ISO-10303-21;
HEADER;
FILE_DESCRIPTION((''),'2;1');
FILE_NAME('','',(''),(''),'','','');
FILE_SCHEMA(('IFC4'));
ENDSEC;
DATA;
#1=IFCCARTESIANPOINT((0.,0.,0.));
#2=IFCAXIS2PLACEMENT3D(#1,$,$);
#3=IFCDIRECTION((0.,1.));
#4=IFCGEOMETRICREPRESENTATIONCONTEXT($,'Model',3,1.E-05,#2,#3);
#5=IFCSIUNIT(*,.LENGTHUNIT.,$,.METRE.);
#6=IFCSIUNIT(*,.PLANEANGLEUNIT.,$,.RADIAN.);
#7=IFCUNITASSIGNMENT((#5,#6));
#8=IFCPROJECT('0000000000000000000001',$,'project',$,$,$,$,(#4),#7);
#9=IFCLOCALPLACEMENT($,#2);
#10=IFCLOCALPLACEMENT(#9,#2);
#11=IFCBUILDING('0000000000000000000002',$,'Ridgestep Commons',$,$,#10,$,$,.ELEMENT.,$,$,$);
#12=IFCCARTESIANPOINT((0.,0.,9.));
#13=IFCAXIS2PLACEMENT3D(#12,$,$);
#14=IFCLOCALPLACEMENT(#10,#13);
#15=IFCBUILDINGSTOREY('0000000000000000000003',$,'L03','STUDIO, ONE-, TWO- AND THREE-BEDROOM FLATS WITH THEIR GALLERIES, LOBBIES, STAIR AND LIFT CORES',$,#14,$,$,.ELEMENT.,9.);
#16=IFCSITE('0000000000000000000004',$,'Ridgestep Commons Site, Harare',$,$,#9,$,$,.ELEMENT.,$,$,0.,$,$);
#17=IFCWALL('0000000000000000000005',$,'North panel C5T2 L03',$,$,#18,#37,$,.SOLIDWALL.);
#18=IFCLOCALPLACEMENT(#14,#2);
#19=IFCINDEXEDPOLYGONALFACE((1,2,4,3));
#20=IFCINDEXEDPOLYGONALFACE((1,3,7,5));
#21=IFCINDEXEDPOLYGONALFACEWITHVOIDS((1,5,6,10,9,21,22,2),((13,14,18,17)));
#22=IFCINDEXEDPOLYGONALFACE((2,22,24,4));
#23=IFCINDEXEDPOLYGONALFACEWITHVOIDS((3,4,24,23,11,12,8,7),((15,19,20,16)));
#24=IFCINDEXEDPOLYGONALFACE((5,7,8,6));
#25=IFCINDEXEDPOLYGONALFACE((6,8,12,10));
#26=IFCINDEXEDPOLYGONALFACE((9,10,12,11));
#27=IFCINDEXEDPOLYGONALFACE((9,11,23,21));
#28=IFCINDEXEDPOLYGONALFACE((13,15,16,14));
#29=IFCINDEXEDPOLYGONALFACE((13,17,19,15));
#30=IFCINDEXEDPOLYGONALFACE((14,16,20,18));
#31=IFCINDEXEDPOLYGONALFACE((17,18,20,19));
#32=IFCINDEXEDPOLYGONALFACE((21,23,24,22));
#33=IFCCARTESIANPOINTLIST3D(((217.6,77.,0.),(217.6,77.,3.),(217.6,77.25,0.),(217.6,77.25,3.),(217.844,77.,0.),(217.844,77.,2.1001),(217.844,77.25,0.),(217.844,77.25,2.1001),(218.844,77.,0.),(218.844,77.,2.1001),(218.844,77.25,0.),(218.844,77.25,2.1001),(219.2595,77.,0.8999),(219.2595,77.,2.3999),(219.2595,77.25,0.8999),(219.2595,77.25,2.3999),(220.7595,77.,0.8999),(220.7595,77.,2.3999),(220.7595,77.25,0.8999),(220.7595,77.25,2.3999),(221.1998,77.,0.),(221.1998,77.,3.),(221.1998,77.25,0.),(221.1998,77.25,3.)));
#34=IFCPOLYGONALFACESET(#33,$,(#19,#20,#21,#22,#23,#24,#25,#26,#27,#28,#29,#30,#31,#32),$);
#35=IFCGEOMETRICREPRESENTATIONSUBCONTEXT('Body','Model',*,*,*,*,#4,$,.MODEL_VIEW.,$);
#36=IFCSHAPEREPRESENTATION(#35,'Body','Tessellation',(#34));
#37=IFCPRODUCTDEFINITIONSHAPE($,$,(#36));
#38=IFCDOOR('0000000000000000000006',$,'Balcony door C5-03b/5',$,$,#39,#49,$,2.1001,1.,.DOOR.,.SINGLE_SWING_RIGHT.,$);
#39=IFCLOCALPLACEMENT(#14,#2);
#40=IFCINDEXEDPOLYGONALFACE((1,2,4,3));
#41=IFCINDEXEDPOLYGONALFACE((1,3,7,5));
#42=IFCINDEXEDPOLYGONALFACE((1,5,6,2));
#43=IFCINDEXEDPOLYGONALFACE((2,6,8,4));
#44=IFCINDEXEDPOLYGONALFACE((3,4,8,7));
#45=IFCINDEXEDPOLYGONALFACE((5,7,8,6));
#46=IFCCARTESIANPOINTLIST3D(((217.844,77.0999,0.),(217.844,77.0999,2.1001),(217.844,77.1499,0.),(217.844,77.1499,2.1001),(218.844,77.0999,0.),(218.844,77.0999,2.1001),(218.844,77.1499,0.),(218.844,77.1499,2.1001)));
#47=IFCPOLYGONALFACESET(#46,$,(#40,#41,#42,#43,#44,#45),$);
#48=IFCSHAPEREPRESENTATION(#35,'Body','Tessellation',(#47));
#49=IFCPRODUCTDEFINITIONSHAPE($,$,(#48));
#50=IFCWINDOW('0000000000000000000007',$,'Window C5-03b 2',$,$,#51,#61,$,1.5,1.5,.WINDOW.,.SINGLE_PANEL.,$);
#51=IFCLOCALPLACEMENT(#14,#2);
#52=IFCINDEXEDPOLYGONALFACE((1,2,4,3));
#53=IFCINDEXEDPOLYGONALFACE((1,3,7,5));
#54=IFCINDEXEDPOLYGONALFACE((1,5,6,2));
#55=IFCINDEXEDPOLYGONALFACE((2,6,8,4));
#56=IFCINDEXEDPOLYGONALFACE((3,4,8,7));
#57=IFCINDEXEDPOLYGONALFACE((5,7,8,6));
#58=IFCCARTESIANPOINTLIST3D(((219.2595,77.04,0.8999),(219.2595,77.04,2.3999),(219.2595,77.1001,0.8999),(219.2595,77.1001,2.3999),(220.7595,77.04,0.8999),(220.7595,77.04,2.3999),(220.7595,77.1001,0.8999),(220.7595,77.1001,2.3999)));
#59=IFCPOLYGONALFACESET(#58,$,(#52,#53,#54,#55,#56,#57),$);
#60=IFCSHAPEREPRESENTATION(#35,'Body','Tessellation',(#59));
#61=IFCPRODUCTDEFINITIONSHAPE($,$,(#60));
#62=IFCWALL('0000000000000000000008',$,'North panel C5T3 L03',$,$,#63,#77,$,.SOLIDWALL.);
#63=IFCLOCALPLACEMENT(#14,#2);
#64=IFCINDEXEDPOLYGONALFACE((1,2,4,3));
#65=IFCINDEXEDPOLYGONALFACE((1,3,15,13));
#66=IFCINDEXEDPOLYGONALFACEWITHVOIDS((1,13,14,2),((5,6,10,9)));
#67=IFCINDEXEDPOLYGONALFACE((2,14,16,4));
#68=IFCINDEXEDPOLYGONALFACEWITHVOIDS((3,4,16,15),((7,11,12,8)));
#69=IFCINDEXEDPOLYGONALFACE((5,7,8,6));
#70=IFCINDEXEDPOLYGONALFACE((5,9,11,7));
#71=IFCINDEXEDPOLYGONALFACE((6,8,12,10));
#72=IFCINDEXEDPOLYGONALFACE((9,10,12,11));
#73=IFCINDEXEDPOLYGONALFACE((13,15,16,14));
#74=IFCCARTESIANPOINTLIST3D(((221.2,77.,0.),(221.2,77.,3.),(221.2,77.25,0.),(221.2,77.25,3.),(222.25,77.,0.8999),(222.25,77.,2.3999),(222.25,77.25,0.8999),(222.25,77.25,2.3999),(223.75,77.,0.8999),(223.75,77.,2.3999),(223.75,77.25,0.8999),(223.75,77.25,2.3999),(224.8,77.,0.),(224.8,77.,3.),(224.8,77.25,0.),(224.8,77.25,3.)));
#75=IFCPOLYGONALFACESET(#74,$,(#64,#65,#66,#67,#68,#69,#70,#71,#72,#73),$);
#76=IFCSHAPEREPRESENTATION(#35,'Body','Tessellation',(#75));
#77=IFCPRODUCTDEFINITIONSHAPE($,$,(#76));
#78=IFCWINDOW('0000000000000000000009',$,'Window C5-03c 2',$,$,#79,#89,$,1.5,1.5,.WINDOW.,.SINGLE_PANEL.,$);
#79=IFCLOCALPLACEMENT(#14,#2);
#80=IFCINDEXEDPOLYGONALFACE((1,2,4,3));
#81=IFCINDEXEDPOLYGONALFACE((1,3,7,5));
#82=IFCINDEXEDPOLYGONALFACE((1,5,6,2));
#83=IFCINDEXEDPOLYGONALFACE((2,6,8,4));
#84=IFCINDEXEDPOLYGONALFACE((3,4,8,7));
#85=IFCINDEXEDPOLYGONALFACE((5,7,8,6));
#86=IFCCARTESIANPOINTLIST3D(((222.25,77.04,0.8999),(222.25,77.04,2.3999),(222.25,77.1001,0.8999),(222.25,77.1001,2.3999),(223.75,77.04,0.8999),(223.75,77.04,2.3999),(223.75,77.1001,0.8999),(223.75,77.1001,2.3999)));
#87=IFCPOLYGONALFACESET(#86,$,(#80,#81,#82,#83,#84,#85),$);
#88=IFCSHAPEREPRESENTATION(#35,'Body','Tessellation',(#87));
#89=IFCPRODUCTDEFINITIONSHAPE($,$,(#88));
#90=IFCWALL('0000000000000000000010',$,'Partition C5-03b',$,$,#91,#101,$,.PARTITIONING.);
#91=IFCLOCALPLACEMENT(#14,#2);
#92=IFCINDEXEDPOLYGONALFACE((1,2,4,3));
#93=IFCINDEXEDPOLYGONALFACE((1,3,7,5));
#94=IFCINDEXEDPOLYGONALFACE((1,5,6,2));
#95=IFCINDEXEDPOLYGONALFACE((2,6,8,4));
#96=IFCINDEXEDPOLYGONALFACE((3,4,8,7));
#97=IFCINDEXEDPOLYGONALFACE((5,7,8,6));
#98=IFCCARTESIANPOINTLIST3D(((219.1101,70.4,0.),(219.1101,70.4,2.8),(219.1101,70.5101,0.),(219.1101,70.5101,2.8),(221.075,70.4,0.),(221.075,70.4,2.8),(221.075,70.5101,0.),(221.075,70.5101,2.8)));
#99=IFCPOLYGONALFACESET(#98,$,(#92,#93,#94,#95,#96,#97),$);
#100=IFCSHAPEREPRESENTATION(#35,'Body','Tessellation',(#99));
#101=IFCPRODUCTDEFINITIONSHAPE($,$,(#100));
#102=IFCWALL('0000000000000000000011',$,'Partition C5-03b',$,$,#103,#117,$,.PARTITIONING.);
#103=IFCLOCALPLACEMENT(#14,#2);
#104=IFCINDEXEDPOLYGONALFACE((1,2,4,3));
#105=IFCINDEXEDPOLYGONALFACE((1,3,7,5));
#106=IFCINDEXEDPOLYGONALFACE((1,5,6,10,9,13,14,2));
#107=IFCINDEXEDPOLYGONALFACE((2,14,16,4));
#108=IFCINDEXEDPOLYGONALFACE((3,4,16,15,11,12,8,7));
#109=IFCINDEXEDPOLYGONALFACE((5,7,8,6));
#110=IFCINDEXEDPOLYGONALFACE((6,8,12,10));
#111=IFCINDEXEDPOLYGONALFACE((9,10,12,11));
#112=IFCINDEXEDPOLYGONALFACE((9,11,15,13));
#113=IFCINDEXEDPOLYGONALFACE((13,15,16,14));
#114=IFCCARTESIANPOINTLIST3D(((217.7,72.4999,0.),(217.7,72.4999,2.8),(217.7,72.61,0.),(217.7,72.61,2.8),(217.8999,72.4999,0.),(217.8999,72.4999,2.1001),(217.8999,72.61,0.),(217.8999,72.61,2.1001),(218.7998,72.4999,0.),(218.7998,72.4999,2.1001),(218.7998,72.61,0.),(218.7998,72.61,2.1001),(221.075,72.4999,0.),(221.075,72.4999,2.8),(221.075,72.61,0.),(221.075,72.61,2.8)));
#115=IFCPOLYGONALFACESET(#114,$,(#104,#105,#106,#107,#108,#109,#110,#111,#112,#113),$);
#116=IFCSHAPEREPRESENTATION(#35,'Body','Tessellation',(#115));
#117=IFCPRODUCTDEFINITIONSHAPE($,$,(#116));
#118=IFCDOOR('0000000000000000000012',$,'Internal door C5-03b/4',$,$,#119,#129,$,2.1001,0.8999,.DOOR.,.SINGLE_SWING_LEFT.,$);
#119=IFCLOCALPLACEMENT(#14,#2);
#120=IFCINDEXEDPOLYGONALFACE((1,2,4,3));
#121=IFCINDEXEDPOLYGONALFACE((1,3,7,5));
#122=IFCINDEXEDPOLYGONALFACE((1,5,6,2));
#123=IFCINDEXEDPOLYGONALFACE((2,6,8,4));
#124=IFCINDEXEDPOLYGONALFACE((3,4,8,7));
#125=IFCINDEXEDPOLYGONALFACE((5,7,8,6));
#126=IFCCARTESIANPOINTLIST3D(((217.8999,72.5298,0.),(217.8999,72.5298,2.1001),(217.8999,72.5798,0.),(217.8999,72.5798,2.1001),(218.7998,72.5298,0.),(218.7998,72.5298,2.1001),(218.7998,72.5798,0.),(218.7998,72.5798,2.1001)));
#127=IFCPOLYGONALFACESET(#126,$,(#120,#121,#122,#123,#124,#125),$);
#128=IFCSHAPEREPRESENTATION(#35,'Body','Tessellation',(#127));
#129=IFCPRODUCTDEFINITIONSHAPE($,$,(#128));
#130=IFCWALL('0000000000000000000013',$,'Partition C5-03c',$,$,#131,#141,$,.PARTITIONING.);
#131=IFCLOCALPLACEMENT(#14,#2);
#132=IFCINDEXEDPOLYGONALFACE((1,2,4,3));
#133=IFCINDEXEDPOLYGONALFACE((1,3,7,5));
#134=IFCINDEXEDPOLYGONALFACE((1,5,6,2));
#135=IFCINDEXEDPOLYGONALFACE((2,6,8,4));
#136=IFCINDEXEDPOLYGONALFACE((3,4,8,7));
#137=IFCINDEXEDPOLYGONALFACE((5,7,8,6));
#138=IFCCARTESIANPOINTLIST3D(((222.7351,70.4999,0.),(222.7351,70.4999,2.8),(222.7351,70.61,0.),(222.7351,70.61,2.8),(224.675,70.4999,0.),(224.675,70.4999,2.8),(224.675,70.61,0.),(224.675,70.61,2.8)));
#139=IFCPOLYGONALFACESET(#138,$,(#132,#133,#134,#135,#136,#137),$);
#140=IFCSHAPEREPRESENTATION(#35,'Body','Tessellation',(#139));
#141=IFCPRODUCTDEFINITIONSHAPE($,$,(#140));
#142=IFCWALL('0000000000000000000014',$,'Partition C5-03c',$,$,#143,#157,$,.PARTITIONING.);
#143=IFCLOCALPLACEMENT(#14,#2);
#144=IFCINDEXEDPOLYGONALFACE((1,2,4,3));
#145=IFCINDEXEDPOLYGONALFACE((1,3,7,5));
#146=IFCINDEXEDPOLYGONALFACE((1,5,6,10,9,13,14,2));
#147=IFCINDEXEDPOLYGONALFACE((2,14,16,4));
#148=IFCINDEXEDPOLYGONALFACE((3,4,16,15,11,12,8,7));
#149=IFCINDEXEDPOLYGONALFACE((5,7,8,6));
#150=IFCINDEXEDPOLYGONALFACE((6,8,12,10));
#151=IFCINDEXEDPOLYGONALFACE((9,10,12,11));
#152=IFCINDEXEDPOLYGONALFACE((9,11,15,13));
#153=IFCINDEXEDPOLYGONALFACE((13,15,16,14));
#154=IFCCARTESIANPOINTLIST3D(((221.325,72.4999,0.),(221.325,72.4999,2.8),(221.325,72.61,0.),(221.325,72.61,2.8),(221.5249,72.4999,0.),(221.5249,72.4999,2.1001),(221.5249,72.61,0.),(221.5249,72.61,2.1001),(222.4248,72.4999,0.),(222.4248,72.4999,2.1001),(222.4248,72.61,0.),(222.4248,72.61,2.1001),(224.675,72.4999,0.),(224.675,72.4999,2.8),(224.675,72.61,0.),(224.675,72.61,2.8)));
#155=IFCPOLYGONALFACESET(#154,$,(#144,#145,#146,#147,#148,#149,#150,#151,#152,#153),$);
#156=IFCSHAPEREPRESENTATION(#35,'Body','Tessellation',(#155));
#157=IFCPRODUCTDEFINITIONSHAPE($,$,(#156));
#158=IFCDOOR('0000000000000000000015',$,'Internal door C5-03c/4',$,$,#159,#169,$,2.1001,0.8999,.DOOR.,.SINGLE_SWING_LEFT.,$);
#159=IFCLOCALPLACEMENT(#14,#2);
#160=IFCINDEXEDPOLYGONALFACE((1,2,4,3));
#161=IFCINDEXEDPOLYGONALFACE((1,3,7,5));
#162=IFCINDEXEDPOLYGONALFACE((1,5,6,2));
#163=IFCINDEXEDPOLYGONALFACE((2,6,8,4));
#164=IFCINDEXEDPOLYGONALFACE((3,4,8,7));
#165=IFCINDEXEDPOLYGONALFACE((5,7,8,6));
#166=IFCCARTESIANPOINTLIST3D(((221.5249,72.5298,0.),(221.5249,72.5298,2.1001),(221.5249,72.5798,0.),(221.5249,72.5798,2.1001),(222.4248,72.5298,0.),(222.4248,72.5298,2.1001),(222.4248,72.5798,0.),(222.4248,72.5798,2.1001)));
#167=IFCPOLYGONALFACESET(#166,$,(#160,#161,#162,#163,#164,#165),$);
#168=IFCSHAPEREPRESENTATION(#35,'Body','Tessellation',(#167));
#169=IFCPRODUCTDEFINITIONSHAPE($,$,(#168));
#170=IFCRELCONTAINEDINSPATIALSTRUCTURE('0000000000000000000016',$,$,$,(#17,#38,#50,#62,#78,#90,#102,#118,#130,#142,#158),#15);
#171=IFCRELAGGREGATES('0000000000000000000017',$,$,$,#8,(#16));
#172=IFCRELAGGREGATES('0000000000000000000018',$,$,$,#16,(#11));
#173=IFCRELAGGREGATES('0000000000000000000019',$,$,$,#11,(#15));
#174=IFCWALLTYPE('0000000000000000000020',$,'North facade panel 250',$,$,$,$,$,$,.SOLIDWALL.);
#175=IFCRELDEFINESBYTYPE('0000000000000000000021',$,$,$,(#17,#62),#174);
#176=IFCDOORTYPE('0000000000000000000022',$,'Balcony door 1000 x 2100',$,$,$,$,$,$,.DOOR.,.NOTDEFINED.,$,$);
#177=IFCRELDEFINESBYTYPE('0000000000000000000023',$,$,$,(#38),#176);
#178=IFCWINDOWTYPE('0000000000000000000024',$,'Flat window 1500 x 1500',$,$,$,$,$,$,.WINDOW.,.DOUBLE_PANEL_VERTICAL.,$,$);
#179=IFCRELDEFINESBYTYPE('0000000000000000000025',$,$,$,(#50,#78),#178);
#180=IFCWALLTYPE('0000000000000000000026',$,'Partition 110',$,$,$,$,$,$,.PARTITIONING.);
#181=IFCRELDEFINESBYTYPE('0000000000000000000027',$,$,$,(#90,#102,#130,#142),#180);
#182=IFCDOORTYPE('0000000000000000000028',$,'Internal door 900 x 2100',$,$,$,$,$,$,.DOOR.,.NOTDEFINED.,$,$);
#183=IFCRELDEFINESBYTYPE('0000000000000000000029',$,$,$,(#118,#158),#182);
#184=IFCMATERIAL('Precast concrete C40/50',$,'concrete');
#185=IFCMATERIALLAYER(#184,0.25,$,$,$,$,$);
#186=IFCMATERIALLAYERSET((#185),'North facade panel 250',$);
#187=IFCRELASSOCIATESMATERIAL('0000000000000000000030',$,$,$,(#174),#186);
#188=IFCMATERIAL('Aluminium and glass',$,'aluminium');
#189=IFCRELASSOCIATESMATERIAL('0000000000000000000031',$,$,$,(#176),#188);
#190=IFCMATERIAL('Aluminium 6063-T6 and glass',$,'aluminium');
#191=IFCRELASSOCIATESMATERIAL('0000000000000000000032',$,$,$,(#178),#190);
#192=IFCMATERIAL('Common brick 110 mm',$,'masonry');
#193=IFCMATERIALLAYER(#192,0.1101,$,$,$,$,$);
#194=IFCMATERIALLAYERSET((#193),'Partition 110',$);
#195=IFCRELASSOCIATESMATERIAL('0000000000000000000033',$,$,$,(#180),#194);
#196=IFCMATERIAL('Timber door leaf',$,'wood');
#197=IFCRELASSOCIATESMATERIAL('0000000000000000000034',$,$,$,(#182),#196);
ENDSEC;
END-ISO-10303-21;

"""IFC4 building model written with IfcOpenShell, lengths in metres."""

from ifc_helpers import new_model, si_unit, direction, frame, frame_2d, origin, place, context, subcontext, project, spatial, rectangle, extrude, material, layer, layer_set, type_object, element, fill, save


model = new_model("IFC4")

# Units and contexts
model_context = context("Model", 3, precision=1e-05, world=origin(), true_north=direction((0.0, 1.0)))
body_context = subcontext(model_context, "Body", "Model", "MODEL_VIEW")
ifc_project = project(units=[si_unit("LENGTHUNIT", "METRE"), si_unit("PLANEANGLEUNIT", "RADIAN")], contexts=[model_context])

# Site, building, storey
site_placement = place(None, origin())
site = spatial("IfcSite", under=ifc_project, at=site_placement, Name="Ridgestep Commons Site, Harare", CompositionType="ELEMENT", RefElevation=0.0)
building_placement = place(site_placement, origin())
building = spatial("IfcBuilding", under=site, at=building_placement, Name="Ridgestep Commons", CompositionType="ELEMENT")
storey_placement = place(building_placement, frame((0.0, 0.0, 9.0)))
storey = spatial("IfcBuildingStorey", under=building, at=storey_placement, Name="L03", Description="STUDIO, ONE-, TWO- AND THREE-BEDROOM FLATS WITH THEIR GALLERIES, LOBBIES, STAIR AND LIFT CORES", CompositionType="ELEMENT", Elevation=9.0)

# Wall, openings, door, window
ifc_material_1 = material(Name="Precast concrete C40/50", Category="concrete")
ifc_layer_1 = layer(ifc_material_1, 0.25)
ifc_layer_set_1 = layer_set([ifc_layer_1], Name="North facade panel 250")
wall_type_1 = type_object("IfcWallType", Name="North facade panel 250", PredefinedType="SOLIDWALL", material=ifc_layer_set_1)
wall_1_placement = place(storey_placement, frame((217.6001, 77.125, 0.0), z_axis=(0.0, 0.0, 1.0), x_axis=(1.0, 0.0, 0.0)))
wall_1 = element("IfcWall", 1, at=wall_1_placement, inside=storey, type_object=wall_type_1, Name="North panel C5T2 L03", PredefinedType="SOLIDWALL", context=body_context, shape_type="SweptSolid", body=[
    extrude(rectangle(XDim=3.5999, YDim=0.25, at=frame_2d((1.7998, 0.0))), origin(), (0.0, 0.0, 1.0), 3.0),
])
opening_1_placement = place(wall_1_placement, frame((1.6594, 0.0, 0.8999)))
opening_1 = element("IfcOpeningElement", 2, at=opening_1_placement, cuts=wall_1, PredefinedType="OPENING", context=body_context, shape_type="SweptSolid", body=[
    extrude(rectangle(XDim=1.5, YDim=1.5, at=frame_2d((0.75, 0.75))), frame((0.0, 0.135, 0.0), z_axis=(0.0, -1.0, 0.0), x_axis=(1.0, 0.0, 0.0)), (0.0, 0.0, 1.0), 0.27),
])
opening_2_placement = place(wall_1_placement, frame((0.2439, 0.0, 0.0)))
opening_2 = element("IfcOpeningElement", 3, at=opening_2_placement, cuts=wall_1, PredefinedType="OPENING", context=body_context, shape_type="SweptSolid", body=[
    extrude(rectangle(XDim=1.0, YDim=2.1001, at=frame_2d((0.5, 1.05))), frame((0.0, 0.135, 0.0), z_axis=(0.0, -1.0, 0.0), x_axis=(1.0, 0.0, 0.0)), (0.0, 0.0, 1.0), 0.27),
])
ifc_material_2 = material(Name="Aluminium and glass", Category="aluminium")
door_type_1 = type_object("IfcDoorType", Name="Balcony door 1000 x 2100", OperationType="NOTDEFINED", PredefinedType="DOOR", material=ifc_material_2)
door_1_placement = place(opening_2_placement, origin())
door_1 = element("IfcDoor", 4, at=door_1_placement, inside=storey, type_object=door_type_1, Name="Balcony door C5-03b/5", OperationType="SINGLE_SWING_RIGHT", OverallHeight=2.1001, OverallWidth=1.0, PredefinedType="DOOR", context=body_context, shape_type="SweptSolid", body=[
    extrude(rectangle(XDim=1.0, YDim=2.1001, at=frame_2d((0.5, 1.05))), frame((0.0, 0.0249, 0.0), z_axis=(0.0, -1.0, 0.0), x_axis=(1.0, 0.0, 0.0)), (0.0, 0.0, 1.0), 0.05),
])
fill(opening_2, door_1)
ifc_material_3 = material(Name="Aluminium 6063-T6 and glass", Category="aluminium")
window_type = type_object("IfcWindowType", Name="Flat window 1500 x 1500", PartitioningType="DOUBLE_PANEL_VERTICAL", PredefinedType="WINDOW", material=ifc_material_3)
window_1_placement = place(opening_1_placement, origin())
window_1 = element("IfcWindow", 5, at=window_1_placement, inside=storey, type_object=window_type, Name="Window C5-03b 2", OverallHeight=1.5, OverallWidth=1.5, PartitioningType="SINGLE_PANEL", PredefinedType="WINDOW", context=body_context, shape_type="SweptSolid", body=[
    extrude(rectangle(XDim=1.5, YDim=1.5, at=frame_2d((0.75, 0.75))), frame((0.0, -0.0249, 0.0), z_axis=(0.0, -1.0, 0.0), x_axis=(1.0, 0.0, 0.0)), (0.0, 0.0, 1.0), 0.0601),
])
fill(opening_1, window_1)

# Wall, opening, window
wall_2_placement = place(storey_placement, frame((221.2, 77.125, 0.0), z_axis=(0.0, 0.0, 1.0), x_axis=(1.0, 0.0, 0.0)))
wall_2 = element("IfcWall", 6, at=wall_2_placement, inside=storey, type_object=wall_type_1, Name="North panel C5T3 L03", PredefinedType="SOLIDWALL", context=body_context, shape_type="SweptSolid", body=[
    extrude(rectangle(XDim=3.6001, YDim=0.25, at=frame_2d((1.8, 0.0))), origin(), (0.0, 0.0, 1.0), 3.0),
])
opening_3_placement = place(wall_2_placement, frame((1.05, 0.0, 0.8999)))
opening_3 = element("IfcOpeningElement", 7, at=opening_3_placement, cuts=wall_2, PredefinedType="OPENING", context=body_context, shape_type="SweptSolid", body=[
    extrude(rectangle(XDim=1.5, YDim=1.5, at=frame_2d((0.75, 0.75))), frame((0.0, 0.135, 0.0), z_axis=(0.0, -1.0, 0.0), x_axis=(1.0, 0.0, 0.0)), (0.0, 0.0, 1.0), 0.27),
])
window_2_placement = place(opening_3_placement, origin())
window_2 = element("IfcWindow", 8, at=window_2_placement, inside=storey, type_object=window_type, Name="Window C5-03c 2", OverallHeight=1.5, OverallWidth=1.5, PartitioningType="SINGLE_PANEL", PredefinedType="WINDOW", context=body_context, shape_type="SweptSolid", body=[
    extrude(rectangle(XDim=1.5, YDim=1.5, at=frame_2d((0.75, 0.75))), frame((0.0, -0.0249, 0.0), z_axis=(0.0, -1.0, 0.0), x_axis=(1.0, 0.0, 0.0)), (0.0, 0.0, 1.0), 0.0601),
])
fill(opening_3, window_2)

# Wall
ifc_material_4 = material(Name="Common brick 110 mm", Category="masonry")
ifc_layer_2 = layer(ifc_material_4, 0.1101)
ifc_layer_set_2 = layer_set([ifc_layer_2], Name="Partition 110")
wall_type_2 = type_object("IfcWallType", Name="Partition 110", PredefinedType="PARTITIONING", material=ifc_layer_set_2)
wall_3_placement = place(storey_placement, frame((219.1101, 70.4551, 0.0), z_axis=(0.0, 0.0, 1.0), x_axis=(1.0, 0.0, 0.0)))
element("IfcWall", 9, at=wall_3_placement, inside=storey, type_object=wall_type_2, Name="Partition C5-03b", PredefinedType="PARTITIONING", context=body_context, shape_type="SweptSolid", body=[
    extrude(rectangle(XDim=1.9648, YDim=0.1101, at=frame_2d((0.9824, 0.0))), origin(), (0.0, 0.0, 1.0), 2.8),
])

# Wall, opening, door
wall_4_placement = place(storey_placement, frame((217.7, 72.5549, 0.0), z_axis=(0.0, 0.0, 1.0), x_axis=(1.0, 0.0, 0.0)))
wall_4 = element("IfcWall", 10, at=wall_4_placement, inside=storey, type_object=wall_type_2, Name="Partition C5-03b", PredefinedType="PARTITIONING", context=body_context, shape_type="SweptSolid", body=[
    extrude(rectangle(XDim=3.375, YDim=0.1101, at=frame_2d((1.6875, 0.0))), origin(), (0.0, 0.0, 1.0), 2.8),
])
opening_4_placement = place(wall_4_placement, frame((0.2, 0.0, 0.0)))
opening_4 = element("IfcOpeningElement", 11, at=opening_4_placement, cuts=wall_4, PredefinedType="OPENING", context=body_context, shape_type="SweptSolid", body=[
    extrude(rectangle(XDim=0.8999, YDim=2.1001, at=frame_2d((0.45, 1.05))), frame((0.0, 0.0649, 0.0), z_axis=(0.0, -1.0, 0.0), x_axis=(1.0, 0.0, 0.0)), (0.0, 0.0, 1.0), 0.1301),
])
ifc_material_5 = material(Name="Timber door leaf", Category="wood")
door_type_2 = type_object("IfcDoorType", Name="Internal door 900 x 2100", OperationType="NOTDEFINED", PredefinedType="DOOR", material=ifc_material_5)
door_2_placement = place(opening_4_placement, origin())
door_2 = element("IfcDoor", 12, at=door_2_placement, inside=storey, type_object=door_type_2, Name="Internal door C5-03b/4", OperationType="SINGLE_SWING_LEFT", OverallHeight=2.1001, OverallWidth=0.8999, PredefinedType="DOOR", context=body_context, shape_type="SweptSolid", body=[
    extrude(rectangle(XDim=0.8999, YDim=2.1001, at=frame_2d((0.45, 1.05))), frame((0.0, 0.0249, 0.0), z_axis=(0.0, -1.0, 0.0), x_axis=(1.0, 0.0, 0.0)), (0.0, 0.0, 1.0), 0.05),
])
fill(opening_4, door_2)

# Wall
wall_5_placement = place(storey_placement, frame((222.7351, 70.5549, 0.0), z_axis=(0.0, 0.0, 1.0), x_axis=(1.0, 0.0, 0.0)))
element("IfcWall", 13, at=wall_5_placement, inside=storey, type_object=wall_type_2, Name="Partition C5-03c", PredefinedType="PARTITIONING", context=body_context, shape_type="SweptSolid", body=[
    extrude(rectangle(XDim=1.9399, YDim=0.1101, at=frame_2d((0.97, 0.0))), origin(), (0.0, 0.0, 1.0), 2.8),
])

# Wall, opening, door
wall_6_placement = place(storey_placement, frame((221.325, 72.5549, 0.0), z_axis=(0.0, 0.0, 1.0), x_axis=(1.0, 0.0, 0.0)))
wall_6 = element("IfcWall", 14, at=wall_6_placement, inside=storey, type_object=wall_type_2, Name="Partition C5-03c", PredefinedType="PARTITIONING", context=body_context, shape_type="SweptSolid", body=[
    extrude(rectangle(XDim=3.3501, YDim=0.1101, at=frame_2d((1.675, 0.0))), origin(), (0.0, 0.0, 1.0), 2.8),
])
opening_5_placement = place(wall_6_placement, frame((0.2, 0.0, 0.0)))
opening_5 = element("IfcOpeningElement", 15, at=opening_5_placement, cuts=wall_6, PredefinedType="OPENING", context=body_context, shape_type="SweptSolid", body=[
    extrude(rectangle(XDim=0.8999, YDim=2.1001, at=frame_2d((0.45, 1.05))), frame((0.0, 0.0649, 0.0), z_axis=(0.0, -1.0, 0.0), x_axis=(1.0, 0.0, 0.0)), (0.0, 0.0, 1.0), 0.1301),
])
door_3_placement = place(opening_5_placement, origin())
door_3 = element("IfcDoor", 16, at=door_3_placement, inside=storey, type_object=door_type_2, Name="Internal door C5-03c/4", OperationType="SINGLE_SWING_LEFT", OverallHeight=2.1001, OverallWidth=0.8999, PredefinedType="DOOR", context=body_context, shape_type="SweptSolid", body=[
    extrude(rectangle(XDim=0.8999, YDim=2.1001, at=frame_2d((0.45, 1.05))), frame((0.0, 0.0249, 0.0), z_axis=(0.0, -1.0, 0.0), x_axis=(1.0, 0.0, 0.0)), (0.0, 0.0, 1.0), 0.05),
])
fill(opening_5, door_3)

save(model, "model.ifc")
